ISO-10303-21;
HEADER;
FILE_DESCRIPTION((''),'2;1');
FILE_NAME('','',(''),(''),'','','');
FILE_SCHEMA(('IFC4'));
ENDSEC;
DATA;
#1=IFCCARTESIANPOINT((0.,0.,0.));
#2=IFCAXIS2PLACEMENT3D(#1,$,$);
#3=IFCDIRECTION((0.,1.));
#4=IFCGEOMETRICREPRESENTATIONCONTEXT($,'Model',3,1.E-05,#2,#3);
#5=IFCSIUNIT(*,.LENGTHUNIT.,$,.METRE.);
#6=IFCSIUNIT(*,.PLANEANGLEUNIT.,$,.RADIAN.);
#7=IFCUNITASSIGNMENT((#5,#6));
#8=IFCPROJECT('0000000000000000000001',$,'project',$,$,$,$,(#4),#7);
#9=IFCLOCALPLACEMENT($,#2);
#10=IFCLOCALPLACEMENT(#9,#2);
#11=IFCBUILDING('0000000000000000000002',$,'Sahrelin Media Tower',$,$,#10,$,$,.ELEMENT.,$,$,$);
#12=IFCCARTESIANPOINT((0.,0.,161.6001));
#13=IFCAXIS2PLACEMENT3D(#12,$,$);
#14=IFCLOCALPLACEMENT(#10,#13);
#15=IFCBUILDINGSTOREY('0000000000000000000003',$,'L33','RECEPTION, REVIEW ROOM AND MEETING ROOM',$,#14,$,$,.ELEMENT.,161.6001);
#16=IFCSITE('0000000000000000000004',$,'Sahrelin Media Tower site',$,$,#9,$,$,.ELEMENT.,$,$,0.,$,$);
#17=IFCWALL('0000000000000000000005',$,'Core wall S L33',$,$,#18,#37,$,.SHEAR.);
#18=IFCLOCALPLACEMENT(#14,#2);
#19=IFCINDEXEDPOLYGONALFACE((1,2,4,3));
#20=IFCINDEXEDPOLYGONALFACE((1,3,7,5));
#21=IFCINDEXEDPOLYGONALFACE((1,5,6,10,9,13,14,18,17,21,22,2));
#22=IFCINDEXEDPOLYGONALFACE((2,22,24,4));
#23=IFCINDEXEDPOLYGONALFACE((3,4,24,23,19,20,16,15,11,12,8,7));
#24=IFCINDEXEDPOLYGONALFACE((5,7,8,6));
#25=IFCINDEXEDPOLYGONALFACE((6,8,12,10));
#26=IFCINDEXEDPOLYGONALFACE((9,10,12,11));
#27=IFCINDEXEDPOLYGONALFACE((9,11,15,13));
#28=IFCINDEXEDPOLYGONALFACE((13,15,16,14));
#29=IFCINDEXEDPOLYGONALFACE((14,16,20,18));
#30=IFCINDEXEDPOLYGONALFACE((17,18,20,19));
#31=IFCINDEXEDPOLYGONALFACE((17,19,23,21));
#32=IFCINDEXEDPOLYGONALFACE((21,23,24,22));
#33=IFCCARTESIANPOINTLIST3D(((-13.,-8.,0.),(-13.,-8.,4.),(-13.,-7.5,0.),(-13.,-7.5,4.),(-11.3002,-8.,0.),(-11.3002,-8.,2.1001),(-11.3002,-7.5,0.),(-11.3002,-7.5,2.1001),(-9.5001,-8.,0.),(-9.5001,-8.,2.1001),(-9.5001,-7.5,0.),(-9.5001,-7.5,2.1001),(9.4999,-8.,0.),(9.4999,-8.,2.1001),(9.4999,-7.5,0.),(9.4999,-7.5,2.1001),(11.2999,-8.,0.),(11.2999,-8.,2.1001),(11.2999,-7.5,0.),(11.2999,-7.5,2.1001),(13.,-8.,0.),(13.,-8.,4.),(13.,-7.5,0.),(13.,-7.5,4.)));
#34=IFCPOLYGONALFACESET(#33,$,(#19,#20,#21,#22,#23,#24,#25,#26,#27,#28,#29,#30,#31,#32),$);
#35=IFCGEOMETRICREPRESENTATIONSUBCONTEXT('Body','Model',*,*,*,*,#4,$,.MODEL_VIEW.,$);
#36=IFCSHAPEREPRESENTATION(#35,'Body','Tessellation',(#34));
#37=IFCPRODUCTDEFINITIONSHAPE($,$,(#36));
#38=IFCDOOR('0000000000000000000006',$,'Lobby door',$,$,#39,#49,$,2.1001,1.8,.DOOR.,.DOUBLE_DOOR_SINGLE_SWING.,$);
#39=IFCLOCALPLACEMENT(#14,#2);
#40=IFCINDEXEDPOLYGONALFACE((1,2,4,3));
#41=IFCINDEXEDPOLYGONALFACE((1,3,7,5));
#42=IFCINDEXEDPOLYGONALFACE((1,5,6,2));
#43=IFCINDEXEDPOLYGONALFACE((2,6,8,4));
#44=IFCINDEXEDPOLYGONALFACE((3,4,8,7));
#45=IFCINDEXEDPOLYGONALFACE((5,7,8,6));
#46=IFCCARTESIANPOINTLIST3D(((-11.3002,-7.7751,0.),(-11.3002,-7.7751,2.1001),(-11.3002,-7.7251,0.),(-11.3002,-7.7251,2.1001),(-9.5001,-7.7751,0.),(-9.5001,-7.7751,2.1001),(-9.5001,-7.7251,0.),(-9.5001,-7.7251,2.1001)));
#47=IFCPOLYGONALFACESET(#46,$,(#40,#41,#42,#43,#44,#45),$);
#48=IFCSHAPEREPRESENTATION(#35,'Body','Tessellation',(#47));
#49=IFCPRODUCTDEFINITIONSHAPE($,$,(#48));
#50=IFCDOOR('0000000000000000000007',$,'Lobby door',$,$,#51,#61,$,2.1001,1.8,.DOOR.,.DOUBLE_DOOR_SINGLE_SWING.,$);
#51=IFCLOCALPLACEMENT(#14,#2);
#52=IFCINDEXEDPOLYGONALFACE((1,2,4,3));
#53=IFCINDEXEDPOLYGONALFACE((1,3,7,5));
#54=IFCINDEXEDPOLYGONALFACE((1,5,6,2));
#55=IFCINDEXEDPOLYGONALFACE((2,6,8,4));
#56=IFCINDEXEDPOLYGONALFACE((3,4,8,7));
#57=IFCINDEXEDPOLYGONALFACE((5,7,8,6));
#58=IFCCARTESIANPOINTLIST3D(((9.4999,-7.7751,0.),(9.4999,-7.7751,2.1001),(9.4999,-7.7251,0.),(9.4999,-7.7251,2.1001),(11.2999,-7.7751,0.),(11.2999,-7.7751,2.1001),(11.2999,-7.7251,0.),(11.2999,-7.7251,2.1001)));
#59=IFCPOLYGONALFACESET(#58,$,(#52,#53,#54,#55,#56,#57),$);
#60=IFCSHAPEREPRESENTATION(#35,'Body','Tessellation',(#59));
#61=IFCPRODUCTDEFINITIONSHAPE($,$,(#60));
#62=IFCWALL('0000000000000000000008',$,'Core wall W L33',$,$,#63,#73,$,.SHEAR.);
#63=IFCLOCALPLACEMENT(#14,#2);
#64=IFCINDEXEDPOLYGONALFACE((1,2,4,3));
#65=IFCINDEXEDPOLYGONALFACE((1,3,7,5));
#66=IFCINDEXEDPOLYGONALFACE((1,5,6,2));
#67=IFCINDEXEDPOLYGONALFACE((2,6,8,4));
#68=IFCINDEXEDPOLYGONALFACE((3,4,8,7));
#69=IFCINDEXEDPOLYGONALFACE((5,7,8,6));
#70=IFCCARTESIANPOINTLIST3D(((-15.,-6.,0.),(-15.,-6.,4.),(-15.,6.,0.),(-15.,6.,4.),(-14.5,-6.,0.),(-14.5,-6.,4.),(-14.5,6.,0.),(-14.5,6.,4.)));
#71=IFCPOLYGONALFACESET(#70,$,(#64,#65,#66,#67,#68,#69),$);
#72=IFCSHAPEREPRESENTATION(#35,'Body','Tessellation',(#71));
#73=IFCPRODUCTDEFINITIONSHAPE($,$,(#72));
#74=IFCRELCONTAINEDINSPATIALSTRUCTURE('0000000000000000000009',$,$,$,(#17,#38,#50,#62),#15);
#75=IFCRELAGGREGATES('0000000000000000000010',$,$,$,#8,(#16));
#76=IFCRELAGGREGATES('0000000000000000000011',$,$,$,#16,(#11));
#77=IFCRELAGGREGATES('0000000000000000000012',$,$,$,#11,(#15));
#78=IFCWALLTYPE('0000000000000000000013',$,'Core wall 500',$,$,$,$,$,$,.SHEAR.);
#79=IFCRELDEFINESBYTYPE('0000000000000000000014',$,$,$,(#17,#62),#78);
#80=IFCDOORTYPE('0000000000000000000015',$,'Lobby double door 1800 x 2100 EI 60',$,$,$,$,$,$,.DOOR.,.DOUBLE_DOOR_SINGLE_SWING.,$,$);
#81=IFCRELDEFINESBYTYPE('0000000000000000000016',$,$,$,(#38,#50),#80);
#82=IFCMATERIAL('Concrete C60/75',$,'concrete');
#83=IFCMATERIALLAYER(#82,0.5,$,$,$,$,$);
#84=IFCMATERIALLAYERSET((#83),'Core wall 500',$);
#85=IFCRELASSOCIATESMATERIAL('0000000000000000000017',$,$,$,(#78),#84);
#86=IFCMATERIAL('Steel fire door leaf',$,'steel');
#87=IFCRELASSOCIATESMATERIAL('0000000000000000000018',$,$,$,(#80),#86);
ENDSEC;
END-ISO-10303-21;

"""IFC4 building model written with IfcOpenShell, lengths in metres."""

from ifc_helpers import new_model, si_unit, direction, frame, frame_2d, origin, place, context, subcontext, project, spatial, rectangle, extrude, material, layer, layer_set, type_object, element, fill, save


model = new_model("IFC4")

# Units and contexts
model_context = context("Model", 3, precision=1e-05, world=origin(), true_north=direction((0.0, 1.0)))
body_context = subcontext(model_context, "Body", "Model", "MODEL_VIEW")
ifc_project = project(units=[si_unit("LENGTHUNIT", "METRE"), si_unit("PLANEANGLEUNIT", "RADIAN")], contexts=[model_context])

# Site, building, storey
site_placement = place(None, origin())
site = spatial("IfcSite", under=ifc_project, at=site_placement, Name="Sahrelin Media Tower site", CompositionType="ELEMENT", RefElevation=0.0)
building_placement = place(site_placement, origin())
building = spatial("IfcBuilding", under=site, at=building_placement, Name="Sahrelin Media Tower", CompositionType="ELEMENT")
storey_placement = place(building_placement, frame((0.0, 0.0, 161.6001)))
storey = spatial("IfcBuildingStorey", under=building, at=storey_placement, Name="L33", Description="RECEPTION, REVIEW ROOM AND MEETING ROOM", CompositionType="ELEMENT", Elevation=161.6001)

# Wall, openings, doors
ifc_material_1 = material(Name="Concrete C60/75", Category="concrete")
ifc_layer_1 = layer(ifc_material_1, 0.5)
ifc_layer_set_1 = layer_set([ifc_layer_1], Name="Core wall 500")
wall_type_1 = type_object("IfcWallType", Name="Core wall 500", PredefinedType="SHEAR", material=ifc_layer_set_1)
wall_1_placement = place(storey_placement, frame((-13.0, -7.75, 0.0), z_axis=(0.0, 0.0, 1.0), x_axis=(1.0, 0.0, 0.0)))
wall_1 = element("IfcWall", 1, at=wall_1_placement, inside=storey, type_object=wall_type_1, Name="Core wall S L33", PredefinedType="SHEAR", context=body_context, shape_type="SweptSolid", body=[
    extrude(rectangle(XDim=26.0, YDim=0.5, at=frame_2d((13.0, 0.0))), origin(), (0.0, 0.0, 1.0), 4.0),
])
opening_1_placement = place(wall_1_placement, frame((1.7, 0.0, 0.0)))
opening_1 = element("IfcOpeningElement", 2, at=opening_1_placement, cuts=wall_1, PredefinedType="OPENING", context=body_context, shape_type="SweptSolid", body=[
    extrude(rectangle(XDim=1.8, YDim=2.1001, at=frame_2d((0.8999, 1.05))), frame((0.0, 0.25, 0.0), z_axis=(0.0, -1.0, 0.0), x_axis=(1.0, 0.0, 0.0)), (0.0, 0.0, 1.0), 0.5),
])
opening_2_placement = place(wall_1_placement, frame((22.5, 0.0, 0.0)))
opening_2 = element("IfcOpeningElement", 3, at=opening_2_placement, cuts=wall_1, PredefinedType="OPENING", context=body_context, shape_type="SweptSolid", body=[
    extrude(rectangle(XDim=1.8, YDim=2.1001, at=frame_2d((0.8999, 1.05))), frame((0.0, 0.25, 0.0), z_axis=(0.0, -1.0, 0.0), x_axis=(1.0, 0.0, 0.0)), (0.0, 0.0, 1.0), 0.5),
])
ifc_material_2 = material(Name="Steel fire door leaf", Category="steel")
door_type_1 = type_object("IfcDoorType", Name="Lobby double door 1800 x 2100 EI 60", OperationType="DOUBLE_DOOR_SINGLE_SWING", PredefinedType="DOOR", material=ifc_material_2)
door_1_placement = place(opening_1_placement, origin())
door_1 = element("IfcDoor", 4, at=door_1_placement, inside=storey, type_object=door_type_1, Name="Lobby door", OperationType="DOUBLE_DOOR_SINGLE_SWING", OverallHeight=2.1001, OverallWidth=1.8, PredefinedType="DOOR", context=body_context, shape_type="SweptSolid", body=[
    extrude(rectangle(XDim=1.8, YDim=2.1001, at=frame_2d((0.8999, 1.05))), frame((0.0, 0.0249, 0.0), z_axis=(0.0, -1.0, 0.0), x_axis=(1.0, 0.0, 0.0)), (0.0, 0.0, 1.0), 0.05),
])
fill(opening_1, door_1)
door_2_placement = place(opening_2_placement, origin())
door_2 = element("IfcDoor", 5, at=door_2_placement, inside=storey, type_object=door_type_1, Name="Lobby door", OperationType="DOUBLE_DOOR_SINGLE_SWING", OverallHeight=2.1001, OverallWidth=1.8, PredefinedType="DOOR", context=body_context, shape_type="SweptSolid", body=[
    extrude(rectangle(XDim=1.8, YDim=2.1001, at=frame_2d((0.8999, 1.05))), frame((0.0, 0.0249, 0.0), z_axis=(0.0, -1.0, 0.0), x_axis=(1.0, 0.0, 0.0)), (0.0, 0.0, 1.0), 0.05),
])
fill(opening_2, door_2)

# Wall
wall_2_placement = place(storey_placement, frame((-14.75, -6.0, 0.0), z_axis=(0.0, 0.0, 1.0), x_axis=(0.0, 1.0, 0.0)))
element("IfcWall", 6, at=wall_2_placement, inside=storey, type_object=wall_type_1, Name="Core wall W L33", PredefinedType="SHEAR", context=body_context, shape_type="SweptSolid", body=[
    extrude(rectangle(XDim=12.0, YDim=0.5, at=frame_2d((6.0, 0.0))), origin(), (0.0, 0.0, 1.0), 4.0),
])

save(model, "model.ifc")
